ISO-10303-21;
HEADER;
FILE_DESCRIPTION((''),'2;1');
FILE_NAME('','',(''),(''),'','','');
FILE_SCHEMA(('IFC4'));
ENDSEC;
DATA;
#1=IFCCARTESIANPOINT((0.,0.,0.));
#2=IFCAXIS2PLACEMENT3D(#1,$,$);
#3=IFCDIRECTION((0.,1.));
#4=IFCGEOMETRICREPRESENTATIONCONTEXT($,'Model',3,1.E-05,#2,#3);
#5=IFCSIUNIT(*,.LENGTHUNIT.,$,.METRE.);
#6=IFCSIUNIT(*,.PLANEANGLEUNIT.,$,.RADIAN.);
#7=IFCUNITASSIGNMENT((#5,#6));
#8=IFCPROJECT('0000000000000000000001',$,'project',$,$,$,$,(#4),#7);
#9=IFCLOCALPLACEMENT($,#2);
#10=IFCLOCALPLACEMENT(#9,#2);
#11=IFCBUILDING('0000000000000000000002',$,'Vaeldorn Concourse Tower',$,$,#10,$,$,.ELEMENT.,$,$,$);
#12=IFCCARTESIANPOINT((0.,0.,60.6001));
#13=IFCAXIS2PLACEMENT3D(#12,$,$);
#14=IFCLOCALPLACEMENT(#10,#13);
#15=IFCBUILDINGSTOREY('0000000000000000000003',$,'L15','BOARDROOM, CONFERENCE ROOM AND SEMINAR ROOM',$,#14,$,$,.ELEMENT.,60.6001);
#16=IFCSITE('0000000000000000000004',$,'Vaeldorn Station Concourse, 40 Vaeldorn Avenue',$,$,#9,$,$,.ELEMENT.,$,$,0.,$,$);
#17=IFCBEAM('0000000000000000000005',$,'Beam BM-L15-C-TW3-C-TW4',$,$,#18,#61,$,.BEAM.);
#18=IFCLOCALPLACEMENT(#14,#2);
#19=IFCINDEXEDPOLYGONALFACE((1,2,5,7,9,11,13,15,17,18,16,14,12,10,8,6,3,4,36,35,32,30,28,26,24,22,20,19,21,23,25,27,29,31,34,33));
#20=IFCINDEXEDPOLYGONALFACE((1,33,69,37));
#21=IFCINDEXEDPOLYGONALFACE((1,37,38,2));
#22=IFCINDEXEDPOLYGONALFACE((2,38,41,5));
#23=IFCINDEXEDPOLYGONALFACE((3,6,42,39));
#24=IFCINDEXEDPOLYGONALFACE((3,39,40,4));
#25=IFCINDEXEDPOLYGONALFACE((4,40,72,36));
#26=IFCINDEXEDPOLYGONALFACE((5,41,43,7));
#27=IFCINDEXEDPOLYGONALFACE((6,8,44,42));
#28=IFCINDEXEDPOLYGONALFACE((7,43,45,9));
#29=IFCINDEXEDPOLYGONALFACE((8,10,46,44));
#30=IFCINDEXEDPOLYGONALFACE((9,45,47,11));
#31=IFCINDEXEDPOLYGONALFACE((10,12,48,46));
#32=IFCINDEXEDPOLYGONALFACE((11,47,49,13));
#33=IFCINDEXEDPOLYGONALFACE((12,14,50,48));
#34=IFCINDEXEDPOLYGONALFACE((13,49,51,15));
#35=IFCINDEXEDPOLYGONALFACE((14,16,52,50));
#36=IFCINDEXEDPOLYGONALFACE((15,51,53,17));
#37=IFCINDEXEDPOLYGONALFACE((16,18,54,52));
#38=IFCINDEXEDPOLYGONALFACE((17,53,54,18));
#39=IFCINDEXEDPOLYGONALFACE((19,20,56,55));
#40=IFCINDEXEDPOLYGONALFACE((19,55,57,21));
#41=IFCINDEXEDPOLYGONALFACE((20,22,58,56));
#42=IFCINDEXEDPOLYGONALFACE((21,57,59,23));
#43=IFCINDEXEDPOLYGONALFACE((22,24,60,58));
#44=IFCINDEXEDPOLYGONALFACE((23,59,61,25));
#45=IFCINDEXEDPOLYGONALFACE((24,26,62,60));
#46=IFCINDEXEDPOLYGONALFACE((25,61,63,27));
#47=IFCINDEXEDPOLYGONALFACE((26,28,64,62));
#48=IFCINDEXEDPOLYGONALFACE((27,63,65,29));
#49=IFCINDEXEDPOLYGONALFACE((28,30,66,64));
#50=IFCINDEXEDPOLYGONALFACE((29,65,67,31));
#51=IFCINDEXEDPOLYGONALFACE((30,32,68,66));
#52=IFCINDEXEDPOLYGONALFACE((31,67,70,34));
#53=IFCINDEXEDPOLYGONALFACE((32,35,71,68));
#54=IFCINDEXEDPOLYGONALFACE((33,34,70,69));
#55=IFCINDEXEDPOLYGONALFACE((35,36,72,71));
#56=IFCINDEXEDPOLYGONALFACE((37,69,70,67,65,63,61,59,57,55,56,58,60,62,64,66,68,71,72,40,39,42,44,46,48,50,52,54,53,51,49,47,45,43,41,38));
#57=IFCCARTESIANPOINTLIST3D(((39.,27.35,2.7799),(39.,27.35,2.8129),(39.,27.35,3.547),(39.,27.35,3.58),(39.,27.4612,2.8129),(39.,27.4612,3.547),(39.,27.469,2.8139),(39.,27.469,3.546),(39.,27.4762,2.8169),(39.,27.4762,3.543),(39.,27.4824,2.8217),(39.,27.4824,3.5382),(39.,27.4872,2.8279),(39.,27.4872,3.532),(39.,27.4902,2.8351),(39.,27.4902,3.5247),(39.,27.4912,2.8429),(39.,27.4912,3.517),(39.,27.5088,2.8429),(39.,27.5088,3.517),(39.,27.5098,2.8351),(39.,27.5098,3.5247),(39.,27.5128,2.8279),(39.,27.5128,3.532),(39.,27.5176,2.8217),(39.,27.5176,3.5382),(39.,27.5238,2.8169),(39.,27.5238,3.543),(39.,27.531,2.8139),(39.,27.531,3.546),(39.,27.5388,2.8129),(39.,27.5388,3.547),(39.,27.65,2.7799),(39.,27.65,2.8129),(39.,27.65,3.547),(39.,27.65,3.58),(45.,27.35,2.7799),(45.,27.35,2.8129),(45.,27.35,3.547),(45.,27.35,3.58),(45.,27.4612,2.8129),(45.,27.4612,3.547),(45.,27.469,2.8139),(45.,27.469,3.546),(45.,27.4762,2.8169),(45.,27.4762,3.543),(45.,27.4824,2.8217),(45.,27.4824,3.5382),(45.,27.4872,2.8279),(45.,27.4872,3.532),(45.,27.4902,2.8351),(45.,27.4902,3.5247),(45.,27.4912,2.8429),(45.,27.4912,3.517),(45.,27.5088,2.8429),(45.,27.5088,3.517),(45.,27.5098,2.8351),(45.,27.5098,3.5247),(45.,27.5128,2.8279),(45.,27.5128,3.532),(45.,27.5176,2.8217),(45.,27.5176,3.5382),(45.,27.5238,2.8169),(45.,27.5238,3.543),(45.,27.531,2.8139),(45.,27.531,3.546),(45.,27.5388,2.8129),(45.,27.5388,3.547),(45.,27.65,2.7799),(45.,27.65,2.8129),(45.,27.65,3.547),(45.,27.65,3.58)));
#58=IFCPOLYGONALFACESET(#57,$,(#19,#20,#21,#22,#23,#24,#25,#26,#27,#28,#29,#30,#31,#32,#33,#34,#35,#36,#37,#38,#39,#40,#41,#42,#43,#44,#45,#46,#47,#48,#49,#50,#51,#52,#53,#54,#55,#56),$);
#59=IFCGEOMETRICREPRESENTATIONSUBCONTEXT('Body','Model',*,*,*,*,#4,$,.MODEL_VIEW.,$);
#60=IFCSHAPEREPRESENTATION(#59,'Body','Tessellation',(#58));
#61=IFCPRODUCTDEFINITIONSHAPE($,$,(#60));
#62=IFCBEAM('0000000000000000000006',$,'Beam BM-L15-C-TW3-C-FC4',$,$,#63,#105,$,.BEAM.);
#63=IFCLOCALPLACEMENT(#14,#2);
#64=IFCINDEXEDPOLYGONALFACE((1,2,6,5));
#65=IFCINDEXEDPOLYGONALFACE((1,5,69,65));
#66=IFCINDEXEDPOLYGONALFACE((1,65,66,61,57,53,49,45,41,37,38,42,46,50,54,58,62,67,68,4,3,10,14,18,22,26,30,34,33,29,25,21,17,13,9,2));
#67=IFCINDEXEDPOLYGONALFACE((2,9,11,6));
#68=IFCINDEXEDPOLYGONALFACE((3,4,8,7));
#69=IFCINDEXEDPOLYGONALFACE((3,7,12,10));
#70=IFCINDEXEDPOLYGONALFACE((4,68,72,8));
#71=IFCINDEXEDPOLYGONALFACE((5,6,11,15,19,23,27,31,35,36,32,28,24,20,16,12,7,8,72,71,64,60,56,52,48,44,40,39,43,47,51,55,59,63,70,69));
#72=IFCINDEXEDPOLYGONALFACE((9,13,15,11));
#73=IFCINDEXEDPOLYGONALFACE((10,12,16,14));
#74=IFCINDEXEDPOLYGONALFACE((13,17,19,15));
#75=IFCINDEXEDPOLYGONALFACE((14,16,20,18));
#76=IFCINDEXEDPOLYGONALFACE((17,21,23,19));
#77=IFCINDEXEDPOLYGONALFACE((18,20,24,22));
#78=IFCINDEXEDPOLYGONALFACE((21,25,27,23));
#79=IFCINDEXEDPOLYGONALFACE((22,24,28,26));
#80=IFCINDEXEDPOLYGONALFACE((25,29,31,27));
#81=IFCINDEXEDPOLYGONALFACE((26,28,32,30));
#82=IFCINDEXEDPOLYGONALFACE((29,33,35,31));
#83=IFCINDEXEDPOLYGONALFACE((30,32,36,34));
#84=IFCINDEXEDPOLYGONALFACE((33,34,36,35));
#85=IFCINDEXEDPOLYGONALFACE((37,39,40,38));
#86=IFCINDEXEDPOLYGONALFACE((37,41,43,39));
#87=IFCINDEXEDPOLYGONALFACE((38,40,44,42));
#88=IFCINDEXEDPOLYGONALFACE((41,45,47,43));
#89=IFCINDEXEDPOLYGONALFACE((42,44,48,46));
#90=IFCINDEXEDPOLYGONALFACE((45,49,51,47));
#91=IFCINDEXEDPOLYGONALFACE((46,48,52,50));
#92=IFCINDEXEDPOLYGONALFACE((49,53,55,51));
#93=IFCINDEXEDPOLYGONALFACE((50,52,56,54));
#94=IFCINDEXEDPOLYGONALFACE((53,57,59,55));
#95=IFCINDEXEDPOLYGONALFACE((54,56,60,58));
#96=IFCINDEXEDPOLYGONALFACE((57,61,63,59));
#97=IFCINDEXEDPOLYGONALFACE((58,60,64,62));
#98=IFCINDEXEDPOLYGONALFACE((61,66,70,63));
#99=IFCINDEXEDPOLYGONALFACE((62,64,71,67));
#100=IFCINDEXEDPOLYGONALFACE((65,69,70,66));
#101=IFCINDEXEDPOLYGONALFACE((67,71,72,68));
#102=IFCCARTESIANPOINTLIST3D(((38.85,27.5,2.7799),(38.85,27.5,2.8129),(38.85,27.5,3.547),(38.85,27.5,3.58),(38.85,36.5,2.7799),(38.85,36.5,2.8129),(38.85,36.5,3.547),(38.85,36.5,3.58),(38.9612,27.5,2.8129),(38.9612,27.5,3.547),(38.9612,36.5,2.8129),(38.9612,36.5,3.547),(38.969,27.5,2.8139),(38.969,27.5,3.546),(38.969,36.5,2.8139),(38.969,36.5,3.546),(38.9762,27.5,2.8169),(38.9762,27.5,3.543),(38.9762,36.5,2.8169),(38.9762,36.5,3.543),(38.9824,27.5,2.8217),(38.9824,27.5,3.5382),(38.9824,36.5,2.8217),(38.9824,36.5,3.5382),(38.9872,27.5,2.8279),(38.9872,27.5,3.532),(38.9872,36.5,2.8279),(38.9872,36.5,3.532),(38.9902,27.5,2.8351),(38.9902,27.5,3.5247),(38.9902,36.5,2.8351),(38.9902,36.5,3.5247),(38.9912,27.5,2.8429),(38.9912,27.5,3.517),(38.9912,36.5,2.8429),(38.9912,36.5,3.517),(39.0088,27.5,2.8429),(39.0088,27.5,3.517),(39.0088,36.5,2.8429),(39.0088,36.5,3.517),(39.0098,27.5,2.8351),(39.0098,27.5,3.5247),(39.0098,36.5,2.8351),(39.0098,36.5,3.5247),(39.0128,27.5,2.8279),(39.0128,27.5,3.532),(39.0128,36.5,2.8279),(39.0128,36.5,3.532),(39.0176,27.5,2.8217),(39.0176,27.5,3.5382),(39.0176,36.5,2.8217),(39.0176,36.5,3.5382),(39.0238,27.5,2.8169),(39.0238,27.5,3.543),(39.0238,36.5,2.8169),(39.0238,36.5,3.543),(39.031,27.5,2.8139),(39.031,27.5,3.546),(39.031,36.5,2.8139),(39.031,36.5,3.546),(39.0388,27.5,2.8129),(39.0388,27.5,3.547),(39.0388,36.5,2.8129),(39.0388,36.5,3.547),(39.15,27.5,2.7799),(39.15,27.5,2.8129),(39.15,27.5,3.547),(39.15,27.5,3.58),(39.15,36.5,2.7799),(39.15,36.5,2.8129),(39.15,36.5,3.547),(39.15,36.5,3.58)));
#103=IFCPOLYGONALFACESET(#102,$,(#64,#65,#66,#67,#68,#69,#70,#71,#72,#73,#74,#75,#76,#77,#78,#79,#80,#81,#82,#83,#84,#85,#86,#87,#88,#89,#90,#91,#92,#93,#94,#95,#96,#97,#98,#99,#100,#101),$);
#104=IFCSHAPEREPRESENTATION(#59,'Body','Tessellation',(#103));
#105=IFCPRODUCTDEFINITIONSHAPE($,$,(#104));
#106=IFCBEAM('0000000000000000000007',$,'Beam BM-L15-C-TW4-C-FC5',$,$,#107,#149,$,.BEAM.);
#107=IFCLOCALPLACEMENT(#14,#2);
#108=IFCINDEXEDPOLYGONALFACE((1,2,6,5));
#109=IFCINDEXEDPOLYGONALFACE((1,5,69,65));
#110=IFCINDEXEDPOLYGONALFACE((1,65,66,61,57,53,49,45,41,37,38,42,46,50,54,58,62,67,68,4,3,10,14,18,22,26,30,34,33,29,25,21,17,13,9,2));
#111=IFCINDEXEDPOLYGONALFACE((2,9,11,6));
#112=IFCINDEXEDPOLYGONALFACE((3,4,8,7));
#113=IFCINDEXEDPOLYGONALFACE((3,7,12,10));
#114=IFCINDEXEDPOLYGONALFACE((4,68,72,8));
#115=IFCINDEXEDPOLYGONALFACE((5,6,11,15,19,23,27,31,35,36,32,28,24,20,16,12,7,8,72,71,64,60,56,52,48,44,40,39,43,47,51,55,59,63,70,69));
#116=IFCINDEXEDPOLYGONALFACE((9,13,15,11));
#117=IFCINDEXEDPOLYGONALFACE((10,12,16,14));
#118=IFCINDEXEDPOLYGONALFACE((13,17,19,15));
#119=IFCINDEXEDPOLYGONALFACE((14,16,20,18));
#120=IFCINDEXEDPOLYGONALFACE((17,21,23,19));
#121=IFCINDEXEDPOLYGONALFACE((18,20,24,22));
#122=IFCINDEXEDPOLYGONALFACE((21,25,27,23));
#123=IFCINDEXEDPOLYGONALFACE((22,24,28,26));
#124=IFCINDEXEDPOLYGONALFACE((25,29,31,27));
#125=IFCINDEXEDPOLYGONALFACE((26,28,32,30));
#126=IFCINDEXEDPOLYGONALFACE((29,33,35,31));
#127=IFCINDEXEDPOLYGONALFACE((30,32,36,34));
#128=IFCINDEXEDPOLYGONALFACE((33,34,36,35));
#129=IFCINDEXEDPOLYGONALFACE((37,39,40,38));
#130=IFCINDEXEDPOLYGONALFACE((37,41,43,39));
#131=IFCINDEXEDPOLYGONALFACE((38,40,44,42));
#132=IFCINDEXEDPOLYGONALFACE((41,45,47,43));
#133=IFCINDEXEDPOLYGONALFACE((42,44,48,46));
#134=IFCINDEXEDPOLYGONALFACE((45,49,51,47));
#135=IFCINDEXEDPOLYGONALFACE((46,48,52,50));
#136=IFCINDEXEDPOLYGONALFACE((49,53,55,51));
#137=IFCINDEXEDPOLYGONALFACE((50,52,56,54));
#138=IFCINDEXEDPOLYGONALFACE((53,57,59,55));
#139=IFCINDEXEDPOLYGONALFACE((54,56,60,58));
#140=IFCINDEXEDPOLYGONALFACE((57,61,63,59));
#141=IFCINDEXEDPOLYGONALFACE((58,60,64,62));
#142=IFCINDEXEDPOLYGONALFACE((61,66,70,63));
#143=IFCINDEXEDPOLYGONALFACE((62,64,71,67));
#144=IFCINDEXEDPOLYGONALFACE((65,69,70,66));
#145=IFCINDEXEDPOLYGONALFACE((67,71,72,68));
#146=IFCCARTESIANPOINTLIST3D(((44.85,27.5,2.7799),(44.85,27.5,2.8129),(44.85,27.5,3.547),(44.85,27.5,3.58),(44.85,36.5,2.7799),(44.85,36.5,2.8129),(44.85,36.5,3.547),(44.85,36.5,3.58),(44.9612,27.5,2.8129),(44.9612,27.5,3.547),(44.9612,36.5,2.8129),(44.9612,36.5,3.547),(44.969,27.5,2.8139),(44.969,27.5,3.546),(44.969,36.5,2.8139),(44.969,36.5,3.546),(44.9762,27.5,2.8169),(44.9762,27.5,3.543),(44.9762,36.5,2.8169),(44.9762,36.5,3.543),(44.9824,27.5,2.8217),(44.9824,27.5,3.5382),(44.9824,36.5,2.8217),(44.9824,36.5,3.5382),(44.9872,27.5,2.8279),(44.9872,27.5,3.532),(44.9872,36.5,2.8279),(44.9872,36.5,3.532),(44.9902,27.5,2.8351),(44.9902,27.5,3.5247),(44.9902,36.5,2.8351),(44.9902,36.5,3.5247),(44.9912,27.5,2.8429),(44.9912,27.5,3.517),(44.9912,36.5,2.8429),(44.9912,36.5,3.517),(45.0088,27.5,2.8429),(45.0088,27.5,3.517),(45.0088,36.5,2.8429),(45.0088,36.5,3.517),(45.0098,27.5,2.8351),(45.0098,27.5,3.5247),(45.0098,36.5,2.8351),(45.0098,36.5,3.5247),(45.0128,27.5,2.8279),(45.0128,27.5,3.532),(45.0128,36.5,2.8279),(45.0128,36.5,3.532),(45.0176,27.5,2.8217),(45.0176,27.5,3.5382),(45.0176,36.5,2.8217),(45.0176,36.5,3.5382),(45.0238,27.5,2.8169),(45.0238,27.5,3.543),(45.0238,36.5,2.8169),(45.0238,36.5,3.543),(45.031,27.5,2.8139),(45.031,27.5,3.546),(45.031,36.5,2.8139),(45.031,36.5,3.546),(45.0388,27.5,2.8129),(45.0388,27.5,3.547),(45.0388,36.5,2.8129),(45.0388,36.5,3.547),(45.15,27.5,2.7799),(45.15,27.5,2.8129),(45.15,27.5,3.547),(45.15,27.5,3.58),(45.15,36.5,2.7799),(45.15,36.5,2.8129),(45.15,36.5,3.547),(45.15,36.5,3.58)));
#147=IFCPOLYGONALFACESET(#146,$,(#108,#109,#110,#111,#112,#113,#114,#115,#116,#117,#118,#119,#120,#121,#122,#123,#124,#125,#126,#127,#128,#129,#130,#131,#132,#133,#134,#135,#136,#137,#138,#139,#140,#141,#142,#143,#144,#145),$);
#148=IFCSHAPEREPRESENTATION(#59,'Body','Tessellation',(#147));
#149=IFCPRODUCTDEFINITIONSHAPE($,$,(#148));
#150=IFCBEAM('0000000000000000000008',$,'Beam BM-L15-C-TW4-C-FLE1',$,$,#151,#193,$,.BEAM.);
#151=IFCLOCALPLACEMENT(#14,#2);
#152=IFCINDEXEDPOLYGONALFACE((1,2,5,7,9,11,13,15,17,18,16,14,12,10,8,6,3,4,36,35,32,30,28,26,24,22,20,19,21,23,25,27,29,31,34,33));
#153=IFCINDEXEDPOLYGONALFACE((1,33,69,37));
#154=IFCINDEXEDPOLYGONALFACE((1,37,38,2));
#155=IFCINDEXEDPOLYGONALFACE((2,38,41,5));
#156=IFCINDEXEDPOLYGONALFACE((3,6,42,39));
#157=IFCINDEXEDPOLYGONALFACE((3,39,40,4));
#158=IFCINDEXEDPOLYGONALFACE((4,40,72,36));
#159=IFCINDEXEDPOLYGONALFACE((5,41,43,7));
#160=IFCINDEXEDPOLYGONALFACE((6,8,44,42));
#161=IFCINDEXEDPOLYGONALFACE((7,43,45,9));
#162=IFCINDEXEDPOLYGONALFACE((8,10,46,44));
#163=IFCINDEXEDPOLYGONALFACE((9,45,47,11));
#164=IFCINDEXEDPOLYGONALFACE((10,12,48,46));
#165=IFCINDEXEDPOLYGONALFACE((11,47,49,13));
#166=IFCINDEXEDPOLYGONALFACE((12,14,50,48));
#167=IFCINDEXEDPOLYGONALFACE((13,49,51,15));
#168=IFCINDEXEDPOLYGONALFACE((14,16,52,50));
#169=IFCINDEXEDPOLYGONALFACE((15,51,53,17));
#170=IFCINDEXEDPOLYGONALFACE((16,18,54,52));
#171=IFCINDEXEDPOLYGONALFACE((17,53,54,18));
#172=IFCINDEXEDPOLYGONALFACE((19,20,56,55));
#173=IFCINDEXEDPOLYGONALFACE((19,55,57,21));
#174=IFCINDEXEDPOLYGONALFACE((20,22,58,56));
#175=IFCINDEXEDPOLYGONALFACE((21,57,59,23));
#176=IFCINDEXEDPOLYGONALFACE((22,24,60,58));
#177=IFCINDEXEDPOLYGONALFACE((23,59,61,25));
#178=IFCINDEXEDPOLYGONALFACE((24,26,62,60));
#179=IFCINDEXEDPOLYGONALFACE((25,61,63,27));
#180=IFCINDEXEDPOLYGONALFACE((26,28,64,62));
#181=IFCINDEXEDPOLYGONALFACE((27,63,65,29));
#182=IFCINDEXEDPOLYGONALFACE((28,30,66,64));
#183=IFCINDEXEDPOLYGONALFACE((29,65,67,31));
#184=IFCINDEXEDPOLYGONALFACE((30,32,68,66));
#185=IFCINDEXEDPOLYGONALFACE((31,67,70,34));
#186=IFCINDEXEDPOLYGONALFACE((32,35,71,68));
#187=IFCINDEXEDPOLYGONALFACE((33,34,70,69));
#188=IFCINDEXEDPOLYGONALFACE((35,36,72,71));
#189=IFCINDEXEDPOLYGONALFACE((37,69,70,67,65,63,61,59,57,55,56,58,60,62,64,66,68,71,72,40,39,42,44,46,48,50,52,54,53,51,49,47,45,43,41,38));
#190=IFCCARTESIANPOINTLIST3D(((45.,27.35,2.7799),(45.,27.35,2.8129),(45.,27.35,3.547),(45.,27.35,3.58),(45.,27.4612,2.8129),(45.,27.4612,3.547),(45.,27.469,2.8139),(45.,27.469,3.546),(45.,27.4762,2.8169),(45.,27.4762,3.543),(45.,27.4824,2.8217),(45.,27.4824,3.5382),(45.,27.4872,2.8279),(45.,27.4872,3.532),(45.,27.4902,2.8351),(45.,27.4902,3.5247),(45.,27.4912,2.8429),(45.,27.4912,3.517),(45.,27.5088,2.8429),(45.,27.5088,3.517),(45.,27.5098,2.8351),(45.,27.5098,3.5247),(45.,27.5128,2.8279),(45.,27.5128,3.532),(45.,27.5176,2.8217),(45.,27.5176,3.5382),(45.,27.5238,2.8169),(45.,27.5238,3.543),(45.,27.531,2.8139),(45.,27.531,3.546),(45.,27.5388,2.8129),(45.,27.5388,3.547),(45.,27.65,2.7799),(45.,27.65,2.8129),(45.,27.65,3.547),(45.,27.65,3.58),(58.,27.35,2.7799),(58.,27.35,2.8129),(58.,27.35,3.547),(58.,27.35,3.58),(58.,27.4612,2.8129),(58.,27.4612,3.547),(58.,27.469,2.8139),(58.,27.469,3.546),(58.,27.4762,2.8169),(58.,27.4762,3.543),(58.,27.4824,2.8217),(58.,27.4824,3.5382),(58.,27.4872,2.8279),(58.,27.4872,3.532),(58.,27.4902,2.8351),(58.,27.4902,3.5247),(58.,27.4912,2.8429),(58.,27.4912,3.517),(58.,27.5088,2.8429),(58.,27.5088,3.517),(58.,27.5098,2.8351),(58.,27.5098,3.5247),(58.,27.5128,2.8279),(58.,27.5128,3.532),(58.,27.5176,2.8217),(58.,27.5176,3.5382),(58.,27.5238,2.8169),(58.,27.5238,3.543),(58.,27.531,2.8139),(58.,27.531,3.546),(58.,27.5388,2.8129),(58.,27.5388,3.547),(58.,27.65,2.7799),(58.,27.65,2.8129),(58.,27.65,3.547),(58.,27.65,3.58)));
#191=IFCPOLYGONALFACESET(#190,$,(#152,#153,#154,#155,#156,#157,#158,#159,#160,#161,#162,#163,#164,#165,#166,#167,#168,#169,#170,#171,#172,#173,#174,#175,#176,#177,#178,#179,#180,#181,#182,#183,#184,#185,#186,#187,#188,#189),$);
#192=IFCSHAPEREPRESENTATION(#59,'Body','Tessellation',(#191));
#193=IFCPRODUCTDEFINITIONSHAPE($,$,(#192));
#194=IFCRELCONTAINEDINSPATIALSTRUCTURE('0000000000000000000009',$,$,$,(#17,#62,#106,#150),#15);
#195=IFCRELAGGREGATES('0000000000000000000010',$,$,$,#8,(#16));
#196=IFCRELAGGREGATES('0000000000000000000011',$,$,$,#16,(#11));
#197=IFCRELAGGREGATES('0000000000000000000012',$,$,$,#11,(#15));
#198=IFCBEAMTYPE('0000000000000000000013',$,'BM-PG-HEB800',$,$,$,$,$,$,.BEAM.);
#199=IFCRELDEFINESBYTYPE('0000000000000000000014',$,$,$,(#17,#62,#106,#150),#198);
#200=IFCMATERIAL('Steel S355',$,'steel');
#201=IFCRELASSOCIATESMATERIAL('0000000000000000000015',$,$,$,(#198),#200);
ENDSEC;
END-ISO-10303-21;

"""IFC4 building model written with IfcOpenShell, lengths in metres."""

from ifc_helpers import new_model, si_unit, direction, frame, origin, origin_2d, place, context, subcontext, project, spatial, i_section, extrude, source, transform, mapped, material, material_profile, profile_set, type_object, element, save


model = new_model("IFC4")

# Units and contexts
model_context = context("Model", 3, precision=1e-05, world=origin(), true_north=direction((0.0, 1.0)))
body_context = subcontext(model_context, "Body", "Model", "MODEL_VIEW")
ifc_project = project(units=[si_unit("LENGTHUNIT", "METRE"), si_unit("PLANEANGLEUNIT", "RADIAN")], contexts=[model_context])

# Site, building, storey
site_placement = place(None, origin())
site = spatial("IfcSite", under=ifc_project, at=site_placement, Name="Vaeldorn Station Concourse, 40 Vaeldorn Avenue", CompositionType="ELEMENT", RefElevation=0.0)
building_placement = place(site_placement, origin())
building = spatial("IfcBuilding", under=site, at=building_placement, Name="Vaeldorn Concourse Tower", CompositionType="ELEMENT")
storey_placement = place(building_placement, frame((0.0, 0.0, 60.6001)))
storey = spatial("IfcBuildingStorey", under=building, at=storey_placement, Name="L15", Description="BOARDROOM, CONFERENCE ROOM AND SEMINAR ROOM", CompositionType="ELEMENT", Elevation=60.6001)

# Beams
ifc_material_1 = material(Name="Steel S355", Category="steel")
ifc_material_profile_1 = material_profile(ifc_material_1, i_section(OverallWidth=0.3, OverallDepth=0.8, WebThickness=0.0176, FlangeThickness=0.033, FilletRadius=0.03, at=origin_2d()), Name="HEB 800")
ifc_profile_set_1 = profile_set([ifc_material_profile_1], Name="Steel S355")
beam_type_1 = type_object("IfcBeamType", Name="BM-PG-HEB800", PredefinedType="BEAM", material=ifc_profile_set_1)
shared_shape_1 = source(origin(), body_context, "Body", "SweptSolid", [
    extrude(i_section(OverallWidth=0.3, OverallDepth=0.8, WebThickness=0.0176, FlangeThickness=0.033, FilletRadius=0.03, at=origin_2d()), origin(), (0.0, 0.0, 1.0), 6.0),
])
for number, where, z_axis, x_axis, name in (
    (1, (39.0, 27.5, 3.1799), (1.0, 0.0, 0.0), (0.0, 1.0, 0.0), "Beam BM-L15-C-TW3-C-TW4"),
):
    element("IfcBeam", number, at=place(storey_placement, frame(where, z_axis=z_axis, x_axis=x_axis)), inside=storey, type_object=beam_type_1, Name=name, PredefinedType="BEAM", context=body_context, shape_type="MappedRepresentation", body=[
        mapped(shared_shape_1, transform((0.0, 0.0, 0.0), scale=1.0)),
    ])
shared_shape_2 = source(origin(), body_context, "Body", "SweptSolid", [
    extrude(i_section(OverallWidth=0.3, OverallDepth=0.8, WebThickness=0.0176, FlangeThickness=0.033, FilletRadius=0.03, at=origin_2d()), origin(), (0.0, 0.0, 1.0), 9.0),
])
for number, where, z_axis, x_axis, name in (
    (2, (39.0, 27.5, 3.1799), (0.0, 1.0, 0.0), (-1.0, 0.0, 0.0), "Beam BM-L15-C-TW3-C-FC4"),
    (3, (45.0, 27.5, 3.1799), (0.0, 1.0, 0.0), (-1.0, 0.0, 0.0), "Beam BM-L15-C-TW4-C-FC5"),
):
    element("IfcBeam", number, at=place(storey_placement, frame(where, z_axis=z_axis, x_axis=x_axis)), inside=storey, type_object=beam_type_1, Name=name, PredefinedType="BEAM", context=body_context, shape_type="MappedRepresentation", body=[
        mapped(shared_shape_2, transform((0.0, 0.0, 0.0), scale=1.0)),
    ])
shared_shape_3 = source(origin(), body_context, "Body", "SweptSolid", [
    extrude(i_section(OverallWidth=0.3, OverallDepth=0.8, WebThickness=0.0176, FlangeThickness=0.033, FilletRadius=0.03, at=origin_2d()), origin(), (0.0, 0.0, 1.0), 13.0),
])
beam_1_placement = place(storey_placement, frame((45.0, 27.5, 3.1799), z_axis=(1.0, 0.0, 0.0), x_axis=(0.0, 1.0, 0.0)))
element("IfcBeam", 4, at=beam_1_placement, inside=storey, type_object=beam_type_1, Name="Beam BM-L15-C-TW4-C-FLE1", PredefinedType="BEAM", context=body_context, shape_type="MappedRepresentation", body=[
    mapped(shared_shape_3, transform((0.0, 0.0, 0.0), scale=1.0)),
])

save(model, "model.ifc")
